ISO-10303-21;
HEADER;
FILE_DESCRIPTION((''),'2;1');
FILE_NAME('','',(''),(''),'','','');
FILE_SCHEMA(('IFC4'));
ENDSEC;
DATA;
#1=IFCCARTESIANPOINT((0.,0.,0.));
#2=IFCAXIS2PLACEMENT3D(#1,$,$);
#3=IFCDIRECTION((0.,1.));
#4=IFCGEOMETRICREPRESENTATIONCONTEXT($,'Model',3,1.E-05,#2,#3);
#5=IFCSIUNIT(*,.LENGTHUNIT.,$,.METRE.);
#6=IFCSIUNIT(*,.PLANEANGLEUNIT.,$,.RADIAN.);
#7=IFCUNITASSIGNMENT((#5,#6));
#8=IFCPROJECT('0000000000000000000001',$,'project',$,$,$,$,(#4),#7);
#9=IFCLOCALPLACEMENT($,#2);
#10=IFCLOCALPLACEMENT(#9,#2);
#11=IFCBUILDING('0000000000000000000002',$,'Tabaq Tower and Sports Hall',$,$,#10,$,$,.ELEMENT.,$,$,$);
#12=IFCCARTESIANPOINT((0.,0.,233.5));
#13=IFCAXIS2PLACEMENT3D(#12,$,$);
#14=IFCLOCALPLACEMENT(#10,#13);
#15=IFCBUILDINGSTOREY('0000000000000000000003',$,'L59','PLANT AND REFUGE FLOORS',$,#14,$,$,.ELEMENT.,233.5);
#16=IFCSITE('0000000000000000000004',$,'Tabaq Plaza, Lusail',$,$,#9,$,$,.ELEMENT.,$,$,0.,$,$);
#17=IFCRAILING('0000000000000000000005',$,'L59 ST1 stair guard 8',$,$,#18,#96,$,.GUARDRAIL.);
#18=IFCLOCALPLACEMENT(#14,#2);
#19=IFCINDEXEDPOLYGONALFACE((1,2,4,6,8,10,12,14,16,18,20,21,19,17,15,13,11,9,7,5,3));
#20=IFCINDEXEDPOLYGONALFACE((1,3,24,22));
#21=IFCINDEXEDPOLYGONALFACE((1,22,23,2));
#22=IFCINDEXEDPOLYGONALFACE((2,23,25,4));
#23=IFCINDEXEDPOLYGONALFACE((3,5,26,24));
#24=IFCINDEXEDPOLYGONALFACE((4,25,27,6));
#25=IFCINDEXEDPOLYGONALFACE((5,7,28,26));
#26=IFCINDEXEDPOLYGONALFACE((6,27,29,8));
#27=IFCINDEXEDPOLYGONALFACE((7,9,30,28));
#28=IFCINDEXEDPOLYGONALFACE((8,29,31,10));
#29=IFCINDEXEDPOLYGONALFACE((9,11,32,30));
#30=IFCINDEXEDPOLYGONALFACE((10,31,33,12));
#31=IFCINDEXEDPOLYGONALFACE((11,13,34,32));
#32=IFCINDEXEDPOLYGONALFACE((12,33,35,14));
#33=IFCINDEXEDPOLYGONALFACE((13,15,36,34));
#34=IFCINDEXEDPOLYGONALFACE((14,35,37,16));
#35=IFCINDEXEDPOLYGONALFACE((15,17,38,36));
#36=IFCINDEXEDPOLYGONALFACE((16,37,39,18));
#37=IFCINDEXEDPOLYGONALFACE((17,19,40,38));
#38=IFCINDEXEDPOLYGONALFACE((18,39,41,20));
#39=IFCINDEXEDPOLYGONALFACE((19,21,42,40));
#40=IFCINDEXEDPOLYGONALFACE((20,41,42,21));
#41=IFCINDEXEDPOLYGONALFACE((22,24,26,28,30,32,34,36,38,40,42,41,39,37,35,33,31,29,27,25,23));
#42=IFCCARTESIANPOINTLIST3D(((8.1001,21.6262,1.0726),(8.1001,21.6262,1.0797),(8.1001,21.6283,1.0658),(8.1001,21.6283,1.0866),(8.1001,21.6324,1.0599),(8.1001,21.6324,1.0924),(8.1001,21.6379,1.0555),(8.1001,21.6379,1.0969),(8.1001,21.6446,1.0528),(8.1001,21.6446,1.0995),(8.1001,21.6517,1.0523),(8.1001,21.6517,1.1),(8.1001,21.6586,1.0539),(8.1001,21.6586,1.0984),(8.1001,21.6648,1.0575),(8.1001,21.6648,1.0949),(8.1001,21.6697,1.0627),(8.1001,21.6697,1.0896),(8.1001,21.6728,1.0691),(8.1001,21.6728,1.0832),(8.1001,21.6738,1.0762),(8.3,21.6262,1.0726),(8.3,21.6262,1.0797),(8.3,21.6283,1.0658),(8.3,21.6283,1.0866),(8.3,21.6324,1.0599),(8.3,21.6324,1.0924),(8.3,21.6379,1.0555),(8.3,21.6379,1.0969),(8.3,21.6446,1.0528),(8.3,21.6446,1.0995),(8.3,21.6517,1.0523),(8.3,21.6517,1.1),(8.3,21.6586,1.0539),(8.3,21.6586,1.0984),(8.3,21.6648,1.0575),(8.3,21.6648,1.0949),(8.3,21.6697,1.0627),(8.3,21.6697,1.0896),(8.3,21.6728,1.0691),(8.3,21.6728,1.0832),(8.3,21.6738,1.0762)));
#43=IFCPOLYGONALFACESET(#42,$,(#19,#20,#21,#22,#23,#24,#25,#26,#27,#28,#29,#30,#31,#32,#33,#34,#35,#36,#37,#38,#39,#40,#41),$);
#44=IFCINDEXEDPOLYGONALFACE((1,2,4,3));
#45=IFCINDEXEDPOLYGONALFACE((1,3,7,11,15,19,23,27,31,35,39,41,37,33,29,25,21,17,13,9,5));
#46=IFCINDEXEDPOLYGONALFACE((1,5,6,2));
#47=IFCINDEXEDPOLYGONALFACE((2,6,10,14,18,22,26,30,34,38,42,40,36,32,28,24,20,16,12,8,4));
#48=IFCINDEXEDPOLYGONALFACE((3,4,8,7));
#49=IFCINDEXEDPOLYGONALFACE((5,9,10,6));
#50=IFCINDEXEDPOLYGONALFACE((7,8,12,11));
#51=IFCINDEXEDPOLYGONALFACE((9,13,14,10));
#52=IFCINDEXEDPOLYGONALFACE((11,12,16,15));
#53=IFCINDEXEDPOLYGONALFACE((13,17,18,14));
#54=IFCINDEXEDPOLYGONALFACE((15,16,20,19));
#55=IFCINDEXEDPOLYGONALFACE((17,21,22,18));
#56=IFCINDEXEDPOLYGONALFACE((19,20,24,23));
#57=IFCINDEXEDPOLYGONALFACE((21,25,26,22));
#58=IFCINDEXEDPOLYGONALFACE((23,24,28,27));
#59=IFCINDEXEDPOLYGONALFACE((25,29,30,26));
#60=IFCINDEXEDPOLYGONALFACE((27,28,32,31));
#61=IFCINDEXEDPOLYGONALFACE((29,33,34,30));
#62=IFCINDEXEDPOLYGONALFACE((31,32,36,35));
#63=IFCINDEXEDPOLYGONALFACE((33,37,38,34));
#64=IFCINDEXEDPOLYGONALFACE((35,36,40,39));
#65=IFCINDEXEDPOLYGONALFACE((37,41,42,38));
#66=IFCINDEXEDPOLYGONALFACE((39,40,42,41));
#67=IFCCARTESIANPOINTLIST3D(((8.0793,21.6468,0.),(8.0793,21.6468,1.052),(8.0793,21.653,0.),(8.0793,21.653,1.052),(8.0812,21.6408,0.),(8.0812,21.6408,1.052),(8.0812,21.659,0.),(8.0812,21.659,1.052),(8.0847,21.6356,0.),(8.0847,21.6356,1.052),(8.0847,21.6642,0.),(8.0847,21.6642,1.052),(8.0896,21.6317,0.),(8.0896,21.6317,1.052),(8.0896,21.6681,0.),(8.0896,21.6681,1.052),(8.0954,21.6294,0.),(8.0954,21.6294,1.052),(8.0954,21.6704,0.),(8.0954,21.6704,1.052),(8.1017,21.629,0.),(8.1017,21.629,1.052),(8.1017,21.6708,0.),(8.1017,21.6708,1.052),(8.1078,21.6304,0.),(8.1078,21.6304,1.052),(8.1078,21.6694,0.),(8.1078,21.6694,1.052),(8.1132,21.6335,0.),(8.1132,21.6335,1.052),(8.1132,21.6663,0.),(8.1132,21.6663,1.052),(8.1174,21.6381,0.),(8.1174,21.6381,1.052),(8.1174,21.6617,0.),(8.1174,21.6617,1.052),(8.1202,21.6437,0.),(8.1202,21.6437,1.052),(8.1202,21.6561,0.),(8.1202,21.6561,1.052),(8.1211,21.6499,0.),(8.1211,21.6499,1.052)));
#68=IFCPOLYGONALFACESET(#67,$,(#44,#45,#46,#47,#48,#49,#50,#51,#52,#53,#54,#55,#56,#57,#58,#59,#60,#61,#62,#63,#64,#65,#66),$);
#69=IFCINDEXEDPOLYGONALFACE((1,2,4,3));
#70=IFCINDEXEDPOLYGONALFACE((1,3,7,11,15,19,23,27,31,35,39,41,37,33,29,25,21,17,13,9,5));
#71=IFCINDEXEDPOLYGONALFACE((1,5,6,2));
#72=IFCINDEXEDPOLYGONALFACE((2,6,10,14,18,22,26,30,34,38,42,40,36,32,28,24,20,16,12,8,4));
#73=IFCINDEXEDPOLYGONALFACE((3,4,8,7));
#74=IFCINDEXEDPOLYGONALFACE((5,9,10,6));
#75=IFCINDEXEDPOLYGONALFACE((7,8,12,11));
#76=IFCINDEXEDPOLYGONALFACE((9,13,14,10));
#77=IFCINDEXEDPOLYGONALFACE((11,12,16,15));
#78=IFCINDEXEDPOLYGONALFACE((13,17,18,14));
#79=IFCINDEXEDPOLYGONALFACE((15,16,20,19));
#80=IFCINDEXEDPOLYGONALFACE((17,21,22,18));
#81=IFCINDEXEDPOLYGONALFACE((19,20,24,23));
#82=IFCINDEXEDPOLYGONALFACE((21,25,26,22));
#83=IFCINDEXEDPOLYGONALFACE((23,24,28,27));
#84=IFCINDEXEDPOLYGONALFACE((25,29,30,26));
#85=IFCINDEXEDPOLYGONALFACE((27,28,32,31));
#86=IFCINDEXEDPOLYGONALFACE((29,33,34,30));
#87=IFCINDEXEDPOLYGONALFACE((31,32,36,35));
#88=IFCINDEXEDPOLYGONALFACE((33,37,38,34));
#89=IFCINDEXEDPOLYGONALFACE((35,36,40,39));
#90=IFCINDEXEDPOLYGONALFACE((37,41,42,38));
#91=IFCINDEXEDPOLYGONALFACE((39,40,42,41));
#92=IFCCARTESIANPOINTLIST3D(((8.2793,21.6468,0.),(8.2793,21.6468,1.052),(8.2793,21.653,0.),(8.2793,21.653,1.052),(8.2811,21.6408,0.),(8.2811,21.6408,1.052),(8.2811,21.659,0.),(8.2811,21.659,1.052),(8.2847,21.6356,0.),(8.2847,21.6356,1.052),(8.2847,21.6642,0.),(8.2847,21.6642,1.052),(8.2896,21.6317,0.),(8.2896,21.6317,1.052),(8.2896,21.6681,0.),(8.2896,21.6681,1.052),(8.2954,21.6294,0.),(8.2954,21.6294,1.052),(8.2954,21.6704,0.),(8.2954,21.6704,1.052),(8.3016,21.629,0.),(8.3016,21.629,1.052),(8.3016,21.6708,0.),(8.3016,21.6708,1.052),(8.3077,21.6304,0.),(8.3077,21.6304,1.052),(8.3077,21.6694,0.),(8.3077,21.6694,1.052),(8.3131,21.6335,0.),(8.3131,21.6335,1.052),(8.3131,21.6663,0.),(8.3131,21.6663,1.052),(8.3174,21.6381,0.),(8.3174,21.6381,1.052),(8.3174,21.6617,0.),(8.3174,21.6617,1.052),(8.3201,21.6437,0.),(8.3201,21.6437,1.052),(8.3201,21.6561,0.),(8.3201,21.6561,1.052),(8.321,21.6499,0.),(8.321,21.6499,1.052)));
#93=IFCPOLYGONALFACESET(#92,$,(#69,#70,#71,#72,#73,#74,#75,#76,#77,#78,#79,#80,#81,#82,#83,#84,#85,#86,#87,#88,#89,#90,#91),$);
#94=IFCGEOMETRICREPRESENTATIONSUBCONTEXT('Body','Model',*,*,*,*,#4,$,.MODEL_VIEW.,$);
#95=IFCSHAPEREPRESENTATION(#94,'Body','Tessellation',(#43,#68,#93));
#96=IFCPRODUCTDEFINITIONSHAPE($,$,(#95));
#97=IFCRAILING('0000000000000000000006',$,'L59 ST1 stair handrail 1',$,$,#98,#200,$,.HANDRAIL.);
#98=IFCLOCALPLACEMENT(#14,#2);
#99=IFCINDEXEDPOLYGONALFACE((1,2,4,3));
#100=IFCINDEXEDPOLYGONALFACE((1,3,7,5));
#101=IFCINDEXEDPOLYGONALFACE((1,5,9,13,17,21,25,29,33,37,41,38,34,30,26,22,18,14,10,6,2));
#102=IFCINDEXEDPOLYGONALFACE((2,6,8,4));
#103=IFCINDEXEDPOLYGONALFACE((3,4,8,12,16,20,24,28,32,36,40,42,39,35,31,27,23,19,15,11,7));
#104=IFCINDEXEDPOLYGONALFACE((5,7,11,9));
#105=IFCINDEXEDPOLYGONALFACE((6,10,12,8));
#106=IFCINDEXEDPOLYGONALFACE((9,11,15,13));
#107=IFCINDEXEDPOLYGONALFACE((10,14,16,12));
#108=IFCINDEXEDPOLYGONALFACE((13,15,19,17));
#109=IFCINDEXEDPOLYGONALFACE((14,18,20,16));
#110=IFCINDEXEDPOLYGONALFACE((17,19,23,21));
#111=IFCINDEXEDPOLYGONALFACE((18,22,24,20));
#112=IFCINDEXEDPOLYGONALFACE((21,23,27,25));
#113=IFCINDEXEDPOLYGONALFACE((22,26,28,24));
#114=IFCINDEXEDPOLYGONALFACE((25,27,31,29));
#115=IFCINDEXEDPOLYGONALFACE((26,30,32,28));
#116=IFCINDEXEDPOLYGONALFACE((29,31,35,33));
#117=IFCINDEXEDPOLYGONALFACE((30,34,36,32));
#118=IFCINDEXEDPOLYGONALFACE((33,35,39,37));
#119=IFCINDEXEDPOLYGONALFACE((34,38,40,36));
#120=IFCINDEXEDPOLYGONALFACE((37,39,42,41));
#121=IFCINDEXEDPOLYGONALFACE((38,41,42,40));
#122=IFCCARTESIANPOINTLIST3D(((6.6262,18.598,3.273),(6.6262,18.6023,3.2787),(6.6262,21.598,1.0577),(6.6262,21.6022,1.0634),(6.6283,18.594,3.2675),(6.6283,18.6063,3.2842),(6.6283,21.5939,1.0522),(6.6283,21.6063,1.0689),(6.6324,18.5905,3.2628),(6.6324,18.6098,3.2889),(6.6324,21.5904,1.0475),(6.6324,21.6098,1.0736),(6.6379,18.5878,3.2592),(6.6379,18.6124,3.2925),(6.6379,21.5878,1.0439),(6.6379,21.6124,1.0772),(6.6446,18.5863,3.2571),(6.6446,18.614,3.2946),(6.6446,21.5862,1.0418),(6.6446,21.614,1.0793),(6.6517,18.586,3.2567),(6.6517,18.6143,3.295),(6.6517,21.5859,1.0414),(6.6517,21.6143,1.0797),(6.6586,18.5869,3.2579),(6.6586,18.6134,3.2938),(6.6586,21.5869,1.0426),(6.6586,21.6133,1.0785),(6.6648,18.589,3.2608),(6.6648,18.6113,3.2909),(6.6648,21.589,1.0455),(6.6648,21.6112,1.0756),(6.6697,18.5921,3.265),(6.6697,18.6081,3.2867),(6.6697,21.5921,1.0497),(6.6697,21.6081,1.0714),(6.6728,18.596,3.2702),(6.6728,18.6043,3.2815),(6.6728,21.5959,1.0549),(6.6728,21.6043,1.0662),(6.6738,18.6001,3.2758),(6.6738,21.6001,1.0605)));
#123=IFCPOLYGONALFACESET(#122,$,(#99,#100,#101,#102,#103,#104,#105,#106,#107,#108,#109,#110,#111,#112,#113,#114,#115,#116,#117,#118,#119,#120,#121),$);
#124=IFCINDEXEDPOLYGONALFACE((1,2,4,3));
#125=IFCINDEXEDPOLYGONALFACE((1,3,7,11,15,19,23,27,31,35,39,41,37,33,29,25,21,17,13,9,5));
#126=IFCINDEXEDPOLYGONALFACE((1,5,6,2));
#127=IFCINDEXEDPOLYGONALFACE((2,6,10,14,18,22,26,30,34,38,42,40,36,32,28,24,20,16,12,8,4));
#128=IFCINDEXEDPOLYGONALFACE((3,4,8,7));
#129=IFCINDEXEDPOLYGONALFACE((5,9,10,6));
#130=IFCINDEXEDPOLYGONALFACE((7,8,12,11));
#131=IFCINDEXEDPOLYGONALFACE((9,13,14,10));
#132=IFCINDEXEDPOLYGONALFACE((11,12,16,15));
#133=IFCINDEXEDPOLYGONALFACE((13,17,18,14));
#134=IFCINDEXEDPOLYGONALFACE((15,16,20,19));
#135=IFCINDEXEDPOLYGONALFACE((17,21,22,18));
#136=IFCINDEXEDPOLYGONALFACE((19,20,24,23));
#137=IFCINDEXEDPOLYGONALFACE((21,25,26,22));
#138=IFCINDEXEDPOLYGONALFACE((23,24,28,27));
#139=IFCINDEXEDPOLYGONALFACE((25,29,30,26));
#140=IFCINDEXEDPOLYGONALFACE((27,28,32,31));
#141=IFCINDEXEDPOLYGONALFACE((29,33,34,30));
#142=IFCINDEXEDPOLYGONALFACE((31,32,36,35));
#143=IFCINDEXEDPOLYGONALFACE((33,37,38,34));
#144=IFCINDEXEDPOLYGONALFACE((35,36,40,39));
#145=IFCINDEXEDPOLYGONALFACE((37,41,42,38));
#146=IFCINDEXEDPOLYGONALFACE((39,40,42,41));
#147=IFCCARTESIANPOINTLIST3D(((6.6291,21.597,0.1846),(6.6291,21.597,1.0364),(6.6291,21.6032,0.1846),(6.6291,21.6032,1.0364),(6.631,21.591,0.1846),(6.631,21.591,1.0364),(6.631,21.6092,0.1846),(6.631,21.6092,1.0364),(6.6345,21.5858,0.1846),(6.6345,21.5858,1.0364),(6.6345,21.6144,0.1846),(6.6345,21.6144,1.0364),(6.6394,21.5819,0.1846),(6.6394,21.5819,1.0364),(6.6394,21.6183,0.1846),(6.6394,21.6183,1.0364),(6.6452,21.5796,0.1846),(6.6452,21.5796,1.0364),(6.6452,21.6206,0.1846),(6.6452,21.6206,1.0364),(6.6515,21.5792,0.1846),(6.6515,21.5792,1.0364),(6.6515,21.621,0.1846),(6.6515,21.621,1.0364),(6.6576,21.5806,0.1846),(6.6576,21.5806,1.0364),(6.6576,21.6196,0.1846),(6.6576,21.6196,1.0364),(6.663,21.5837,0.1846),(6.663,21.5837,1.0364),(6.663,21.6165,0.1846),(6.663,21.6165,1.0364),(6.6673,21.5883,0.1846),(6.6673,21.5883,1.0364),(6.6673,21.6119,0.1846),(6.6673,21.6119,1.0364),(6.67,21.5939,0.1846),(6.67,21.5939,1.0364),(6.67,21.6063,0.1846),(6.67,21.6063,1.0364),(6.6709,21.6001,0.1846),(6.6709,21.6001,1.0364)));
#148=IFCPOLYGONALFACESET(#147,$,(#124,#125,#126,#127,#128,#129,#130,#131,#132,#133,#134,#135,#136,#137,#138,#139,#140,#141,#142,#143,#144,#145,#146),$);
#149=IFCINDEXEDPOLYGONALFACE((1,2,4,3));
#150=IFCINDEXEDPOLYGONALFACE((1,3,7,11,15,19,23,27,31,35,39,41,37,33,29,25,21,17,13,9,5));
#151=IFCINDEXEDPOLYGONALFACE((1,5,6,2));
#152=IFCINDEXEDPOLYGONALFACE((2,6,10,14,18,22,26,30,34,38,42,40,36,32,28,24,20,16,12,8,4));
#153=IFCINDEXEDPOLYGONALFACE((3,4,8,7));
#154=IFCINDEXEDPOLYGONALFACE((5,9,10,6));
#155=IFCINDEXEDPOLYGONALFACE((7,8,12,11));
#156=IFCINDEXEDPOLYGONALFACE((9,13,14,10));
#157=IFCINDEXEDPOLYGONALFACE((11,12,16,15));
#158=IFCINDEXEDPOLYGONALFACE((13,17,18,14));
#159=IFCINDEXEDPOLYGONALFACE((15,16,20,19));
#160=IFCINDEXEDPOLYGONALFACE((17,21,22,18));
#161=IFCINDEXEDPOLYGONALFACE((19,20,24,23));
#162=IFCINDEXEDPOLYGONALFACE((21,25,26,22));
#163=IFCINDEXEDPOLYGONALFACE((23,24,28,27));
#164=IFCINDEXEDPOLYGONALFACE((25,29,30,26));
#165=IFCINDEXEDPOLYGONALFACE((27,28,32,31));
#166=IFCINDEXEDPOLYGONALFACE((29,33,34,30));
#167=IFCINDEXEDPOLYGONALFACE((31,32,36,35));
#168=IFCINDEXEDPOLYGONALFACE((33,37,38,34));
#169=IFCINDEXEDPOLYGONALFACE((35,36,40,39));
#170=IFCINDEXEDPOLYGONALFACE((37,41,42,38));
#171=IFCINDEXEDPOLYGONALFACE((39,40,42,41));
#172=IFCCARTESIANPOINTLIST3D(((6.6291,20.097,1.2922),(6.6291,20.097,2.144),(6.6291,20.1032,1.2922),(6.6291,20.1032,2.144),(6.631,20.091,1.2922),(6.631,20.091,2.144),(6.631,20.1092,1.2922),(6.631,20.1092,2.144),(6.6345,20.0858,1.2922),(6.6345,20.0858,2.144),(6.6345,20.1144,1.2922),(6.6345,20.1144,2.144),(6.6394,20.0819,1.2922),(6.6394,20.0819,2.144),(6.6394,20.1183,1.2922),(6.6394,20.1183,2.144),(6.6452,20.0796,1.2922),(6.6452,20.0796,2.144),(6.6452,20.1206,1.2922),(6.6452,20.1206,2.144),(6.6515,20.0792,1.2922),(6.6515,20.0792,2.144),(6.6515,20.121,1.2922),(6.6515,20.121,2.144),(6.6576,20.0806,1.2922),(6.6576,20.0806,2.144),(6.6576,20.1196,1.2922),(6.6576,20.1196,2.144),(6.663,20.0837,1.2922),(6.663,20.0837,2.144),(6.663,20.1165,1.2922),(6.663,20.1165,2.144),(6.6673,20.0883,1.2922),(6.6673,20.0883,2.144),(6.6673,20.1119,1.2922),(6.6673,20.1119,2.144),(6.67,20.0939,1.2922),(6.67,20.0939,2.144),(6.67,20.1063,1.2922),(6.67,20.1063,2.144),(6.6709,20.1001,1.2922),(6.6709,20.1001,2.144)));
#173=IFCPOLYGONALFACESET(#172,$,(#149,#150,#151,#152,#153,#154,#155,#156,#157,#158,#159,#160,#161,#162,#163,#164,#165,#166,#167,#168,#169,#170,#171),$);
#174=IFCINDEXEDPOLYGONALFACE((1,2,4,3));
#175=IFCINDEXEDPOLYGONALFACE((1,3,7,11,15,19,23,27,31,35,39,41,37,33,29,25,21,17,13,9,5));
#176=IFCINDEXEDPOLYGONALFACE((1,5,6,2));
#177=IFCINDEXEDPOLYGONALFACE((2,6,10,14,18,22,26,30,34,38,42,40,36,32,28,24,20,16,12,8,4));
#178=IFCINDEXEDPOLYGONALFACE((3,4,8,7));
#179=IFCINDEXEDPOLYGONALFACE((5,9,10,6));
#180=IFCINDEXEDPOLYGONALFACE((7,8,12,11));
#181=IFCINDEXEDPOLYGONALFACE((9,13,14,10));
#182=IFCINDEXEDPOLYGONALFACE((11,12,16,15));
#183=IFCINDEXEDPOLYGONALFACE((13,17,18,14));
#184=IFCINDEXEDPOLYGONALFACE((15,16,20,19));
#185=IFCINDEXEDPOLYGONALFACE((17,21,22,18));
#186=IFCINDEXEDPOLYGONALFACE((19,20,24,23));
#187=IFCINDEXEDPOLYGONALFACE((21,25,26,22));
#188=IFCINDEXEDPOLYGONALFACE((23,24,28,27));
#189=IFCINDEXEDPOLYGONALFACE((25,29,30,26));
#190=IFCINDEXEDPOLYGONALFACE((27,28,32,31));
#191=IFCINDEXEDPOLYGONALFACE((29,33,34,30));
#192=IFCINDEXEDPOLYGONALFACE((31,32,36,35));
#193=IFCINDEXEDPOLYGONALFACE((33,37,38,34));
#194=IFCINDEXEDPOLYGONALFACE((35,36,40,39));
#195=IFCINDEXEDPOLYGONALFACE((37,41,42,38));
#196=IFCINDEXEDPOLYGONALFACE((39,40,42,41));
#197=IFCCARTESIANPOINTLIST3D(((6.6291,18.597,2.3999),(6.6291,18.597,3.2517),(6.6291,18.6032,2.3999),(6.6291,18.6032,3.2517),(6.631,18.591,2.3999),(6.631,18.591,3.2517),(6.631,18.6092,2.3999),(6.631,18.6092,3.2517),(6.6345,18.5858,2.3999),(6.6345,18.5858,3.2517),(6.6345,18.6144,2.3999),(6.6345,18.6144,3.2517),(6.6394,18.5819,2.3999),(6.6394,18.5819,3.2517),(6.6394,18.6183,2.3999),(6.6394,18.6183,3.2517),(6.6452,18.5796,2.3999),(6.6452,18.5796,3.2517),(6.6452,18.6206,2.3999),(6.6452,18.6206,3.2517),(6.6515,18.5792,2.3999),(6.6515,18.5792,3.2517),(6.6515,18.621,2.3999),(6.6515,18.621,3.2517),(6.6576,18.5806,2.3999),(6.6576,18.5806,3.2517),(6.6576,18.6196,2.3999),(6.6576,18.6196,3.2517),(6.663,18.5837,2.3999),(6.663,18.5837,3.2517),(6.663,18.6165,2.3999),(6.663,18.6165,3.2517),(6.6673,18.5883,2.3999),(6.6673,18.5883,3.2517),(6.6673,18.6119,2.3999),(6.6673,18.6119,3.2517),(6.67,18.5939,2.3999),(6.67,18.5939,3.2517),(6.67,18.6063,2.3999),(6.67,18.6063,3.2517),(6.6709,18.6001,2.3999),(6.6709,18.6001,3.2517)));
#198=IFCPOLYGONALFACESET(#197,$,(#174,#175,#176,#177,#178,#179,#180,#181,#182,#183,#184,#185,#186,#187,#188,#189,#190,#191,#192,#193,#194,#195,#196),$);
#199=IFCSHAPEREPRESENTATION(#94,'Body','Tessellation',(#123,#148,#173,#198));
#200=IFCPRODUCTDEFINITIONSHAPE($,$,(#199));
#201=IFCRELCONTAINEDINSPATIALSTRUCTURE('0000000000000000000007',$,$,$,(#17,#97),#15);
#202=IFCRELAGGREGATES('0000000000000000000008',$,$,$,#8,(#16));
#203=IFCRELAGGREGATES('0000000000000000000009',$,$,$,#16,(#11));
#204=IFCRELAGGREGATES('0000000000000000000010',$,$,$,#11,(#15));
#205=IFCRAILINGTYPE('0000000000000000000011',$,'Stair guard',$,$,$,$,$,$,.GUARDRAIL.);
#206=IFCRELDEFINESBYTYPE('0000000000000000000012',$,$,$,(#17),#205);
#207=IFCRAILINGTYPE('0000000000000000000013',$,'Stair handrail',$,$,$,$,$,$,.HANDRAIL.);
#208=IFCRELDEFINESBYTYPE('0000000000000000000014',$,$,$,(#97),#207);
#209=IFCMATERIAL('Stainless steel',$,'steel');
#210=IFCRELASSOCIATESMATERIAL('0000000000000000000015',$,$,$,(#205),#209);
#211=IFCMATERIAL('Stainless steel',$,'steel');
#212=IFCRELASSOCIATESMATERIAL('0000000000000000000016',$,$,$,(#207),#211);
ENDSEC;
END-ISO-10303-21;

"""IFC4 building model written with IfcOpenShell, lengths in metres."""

from ifc_helpers import new_model, si_unit, direction, frame, origin, origin_2d, place, context, subcontext, project, spatial, circle, extrude, material, type_object, element, save


model = new_model("IFC4")

# Units and contexts
model_context = context("Model", 3, precision=1e-05, world=origin(), true_north=direction((0.0, 1.0)))
body_context = subcontext(model_context, "Body", "Model", "MODEL_VIEW")
ifc_project = project(units=[si_unit("LENGTHUNIT", "METRE"), si_unit("PLANEANGLEUNIT", "RADIAN")], contexts=[model_context])

# Site, building, storey
site_placement = place(None, origin())
site = spatial("IfcSite", under=ifc_project, at=site_placement, Name="Tabaq Plaza, Lusail", CompositionType="ELEMENT", RefElevation=0.0)
building_placement = place(site_placement, origin())
building = spatial("IfcBuilding", under=site, at=building_placement, Name="Tabaq Tower and Sports Hall", CompositionType="ELEMENT")
storey_placement = place(building_placement, frame((0.0, 0.0, 233.5)))
storey = spatial("IfcBuildingStorey", under=building, at=storey_placement, Name="L59", Description="PLANT AND REFUGE FLOORS", CompositionType="ELEMENT", Elevation=233.5)

# Railings
ifc_material_1 = material(Name="Stainless steel", Category="steel")
railing_type_1 = type_object("IfcRailingType", Name="Stair guard", PredefinedType="GUARDRAIL", material=ifc_material_1)
railing_1_placement = place(storey_placement, frame((8.1001, 21.6499, 0.0)))
element("IfcRailing", 1, at=railing_1_placement, inside=storey, type_object=railing_type_1, Name="L59 ST1 stair guard 8", PredefinedType="GUARDRAIL", context=body_context, shape_type="SweptSolid", body=[
    extrude(circle(Radius=0.0239, at=origin_2d()), frame((0.0, 0.0, 1.0762), z_axis=(1.0, 0.0, 0.0), x_axis=(0.0, 1.0, 0.0)), (0.0, 0.0, 1.0), 0.2),
    extrude(circle(Radius=0.021, at=origin_2d()), origin(), (0.0, 0.0, 1.0), 1.052),
    extrude(circle(Radius=0.021, at=origin_2d()), frame((0.2, 0.0, 0.0)), (0.0, 0.0, 1.0), 1.052),
])
ifc_material_2 = material(Name="Stainless steel", Category="steel")
railing_type_2 = type_object("IfcRailingType", Name="Stair handrail", PredefinedType="HANDRAIL", material=ifc_material_2)
for number, where, name in (
    (2, (6.6499, 21.6001, 0.1846), "L59 ST1 stair handrail 1"),
):
    element("IfcRailing", number, at=place(storey_placement, frame(where)), inside=storey, type_object=railing_type_2, Name=name, PredefinedType="HANDRAIL", context=body_context, shape_type="SweptSolid", body=[
        extrude(circle(Radius=0.0239, at=origin_2d()), frame((0.0, 0.0, 0.876), z_axis=(0.0, -0.80444, 0.594034), x_axis=(1.0, 0.0, 0.0)), (0.0, 0.0, 1.0), 3.7292),
        extrude(circle(Radius=0.021, at=origin_2d()), origin(), (0.0, 0.0, 1.0), 0.8518),
        extrude(circle(Radius=0.021, at=origin_2d()), frame((0.0, -1.5, 1.1077)), (0.0, 0.0, 1.0), 0.8518),
        extrude(circle(Radius=0.021, at=origin_2d()), frame((0.0, -3.0, 2.2153)), (0.0, 0.0, 1.0), 0.8518),
    ])

save(model, "model.ifc")
